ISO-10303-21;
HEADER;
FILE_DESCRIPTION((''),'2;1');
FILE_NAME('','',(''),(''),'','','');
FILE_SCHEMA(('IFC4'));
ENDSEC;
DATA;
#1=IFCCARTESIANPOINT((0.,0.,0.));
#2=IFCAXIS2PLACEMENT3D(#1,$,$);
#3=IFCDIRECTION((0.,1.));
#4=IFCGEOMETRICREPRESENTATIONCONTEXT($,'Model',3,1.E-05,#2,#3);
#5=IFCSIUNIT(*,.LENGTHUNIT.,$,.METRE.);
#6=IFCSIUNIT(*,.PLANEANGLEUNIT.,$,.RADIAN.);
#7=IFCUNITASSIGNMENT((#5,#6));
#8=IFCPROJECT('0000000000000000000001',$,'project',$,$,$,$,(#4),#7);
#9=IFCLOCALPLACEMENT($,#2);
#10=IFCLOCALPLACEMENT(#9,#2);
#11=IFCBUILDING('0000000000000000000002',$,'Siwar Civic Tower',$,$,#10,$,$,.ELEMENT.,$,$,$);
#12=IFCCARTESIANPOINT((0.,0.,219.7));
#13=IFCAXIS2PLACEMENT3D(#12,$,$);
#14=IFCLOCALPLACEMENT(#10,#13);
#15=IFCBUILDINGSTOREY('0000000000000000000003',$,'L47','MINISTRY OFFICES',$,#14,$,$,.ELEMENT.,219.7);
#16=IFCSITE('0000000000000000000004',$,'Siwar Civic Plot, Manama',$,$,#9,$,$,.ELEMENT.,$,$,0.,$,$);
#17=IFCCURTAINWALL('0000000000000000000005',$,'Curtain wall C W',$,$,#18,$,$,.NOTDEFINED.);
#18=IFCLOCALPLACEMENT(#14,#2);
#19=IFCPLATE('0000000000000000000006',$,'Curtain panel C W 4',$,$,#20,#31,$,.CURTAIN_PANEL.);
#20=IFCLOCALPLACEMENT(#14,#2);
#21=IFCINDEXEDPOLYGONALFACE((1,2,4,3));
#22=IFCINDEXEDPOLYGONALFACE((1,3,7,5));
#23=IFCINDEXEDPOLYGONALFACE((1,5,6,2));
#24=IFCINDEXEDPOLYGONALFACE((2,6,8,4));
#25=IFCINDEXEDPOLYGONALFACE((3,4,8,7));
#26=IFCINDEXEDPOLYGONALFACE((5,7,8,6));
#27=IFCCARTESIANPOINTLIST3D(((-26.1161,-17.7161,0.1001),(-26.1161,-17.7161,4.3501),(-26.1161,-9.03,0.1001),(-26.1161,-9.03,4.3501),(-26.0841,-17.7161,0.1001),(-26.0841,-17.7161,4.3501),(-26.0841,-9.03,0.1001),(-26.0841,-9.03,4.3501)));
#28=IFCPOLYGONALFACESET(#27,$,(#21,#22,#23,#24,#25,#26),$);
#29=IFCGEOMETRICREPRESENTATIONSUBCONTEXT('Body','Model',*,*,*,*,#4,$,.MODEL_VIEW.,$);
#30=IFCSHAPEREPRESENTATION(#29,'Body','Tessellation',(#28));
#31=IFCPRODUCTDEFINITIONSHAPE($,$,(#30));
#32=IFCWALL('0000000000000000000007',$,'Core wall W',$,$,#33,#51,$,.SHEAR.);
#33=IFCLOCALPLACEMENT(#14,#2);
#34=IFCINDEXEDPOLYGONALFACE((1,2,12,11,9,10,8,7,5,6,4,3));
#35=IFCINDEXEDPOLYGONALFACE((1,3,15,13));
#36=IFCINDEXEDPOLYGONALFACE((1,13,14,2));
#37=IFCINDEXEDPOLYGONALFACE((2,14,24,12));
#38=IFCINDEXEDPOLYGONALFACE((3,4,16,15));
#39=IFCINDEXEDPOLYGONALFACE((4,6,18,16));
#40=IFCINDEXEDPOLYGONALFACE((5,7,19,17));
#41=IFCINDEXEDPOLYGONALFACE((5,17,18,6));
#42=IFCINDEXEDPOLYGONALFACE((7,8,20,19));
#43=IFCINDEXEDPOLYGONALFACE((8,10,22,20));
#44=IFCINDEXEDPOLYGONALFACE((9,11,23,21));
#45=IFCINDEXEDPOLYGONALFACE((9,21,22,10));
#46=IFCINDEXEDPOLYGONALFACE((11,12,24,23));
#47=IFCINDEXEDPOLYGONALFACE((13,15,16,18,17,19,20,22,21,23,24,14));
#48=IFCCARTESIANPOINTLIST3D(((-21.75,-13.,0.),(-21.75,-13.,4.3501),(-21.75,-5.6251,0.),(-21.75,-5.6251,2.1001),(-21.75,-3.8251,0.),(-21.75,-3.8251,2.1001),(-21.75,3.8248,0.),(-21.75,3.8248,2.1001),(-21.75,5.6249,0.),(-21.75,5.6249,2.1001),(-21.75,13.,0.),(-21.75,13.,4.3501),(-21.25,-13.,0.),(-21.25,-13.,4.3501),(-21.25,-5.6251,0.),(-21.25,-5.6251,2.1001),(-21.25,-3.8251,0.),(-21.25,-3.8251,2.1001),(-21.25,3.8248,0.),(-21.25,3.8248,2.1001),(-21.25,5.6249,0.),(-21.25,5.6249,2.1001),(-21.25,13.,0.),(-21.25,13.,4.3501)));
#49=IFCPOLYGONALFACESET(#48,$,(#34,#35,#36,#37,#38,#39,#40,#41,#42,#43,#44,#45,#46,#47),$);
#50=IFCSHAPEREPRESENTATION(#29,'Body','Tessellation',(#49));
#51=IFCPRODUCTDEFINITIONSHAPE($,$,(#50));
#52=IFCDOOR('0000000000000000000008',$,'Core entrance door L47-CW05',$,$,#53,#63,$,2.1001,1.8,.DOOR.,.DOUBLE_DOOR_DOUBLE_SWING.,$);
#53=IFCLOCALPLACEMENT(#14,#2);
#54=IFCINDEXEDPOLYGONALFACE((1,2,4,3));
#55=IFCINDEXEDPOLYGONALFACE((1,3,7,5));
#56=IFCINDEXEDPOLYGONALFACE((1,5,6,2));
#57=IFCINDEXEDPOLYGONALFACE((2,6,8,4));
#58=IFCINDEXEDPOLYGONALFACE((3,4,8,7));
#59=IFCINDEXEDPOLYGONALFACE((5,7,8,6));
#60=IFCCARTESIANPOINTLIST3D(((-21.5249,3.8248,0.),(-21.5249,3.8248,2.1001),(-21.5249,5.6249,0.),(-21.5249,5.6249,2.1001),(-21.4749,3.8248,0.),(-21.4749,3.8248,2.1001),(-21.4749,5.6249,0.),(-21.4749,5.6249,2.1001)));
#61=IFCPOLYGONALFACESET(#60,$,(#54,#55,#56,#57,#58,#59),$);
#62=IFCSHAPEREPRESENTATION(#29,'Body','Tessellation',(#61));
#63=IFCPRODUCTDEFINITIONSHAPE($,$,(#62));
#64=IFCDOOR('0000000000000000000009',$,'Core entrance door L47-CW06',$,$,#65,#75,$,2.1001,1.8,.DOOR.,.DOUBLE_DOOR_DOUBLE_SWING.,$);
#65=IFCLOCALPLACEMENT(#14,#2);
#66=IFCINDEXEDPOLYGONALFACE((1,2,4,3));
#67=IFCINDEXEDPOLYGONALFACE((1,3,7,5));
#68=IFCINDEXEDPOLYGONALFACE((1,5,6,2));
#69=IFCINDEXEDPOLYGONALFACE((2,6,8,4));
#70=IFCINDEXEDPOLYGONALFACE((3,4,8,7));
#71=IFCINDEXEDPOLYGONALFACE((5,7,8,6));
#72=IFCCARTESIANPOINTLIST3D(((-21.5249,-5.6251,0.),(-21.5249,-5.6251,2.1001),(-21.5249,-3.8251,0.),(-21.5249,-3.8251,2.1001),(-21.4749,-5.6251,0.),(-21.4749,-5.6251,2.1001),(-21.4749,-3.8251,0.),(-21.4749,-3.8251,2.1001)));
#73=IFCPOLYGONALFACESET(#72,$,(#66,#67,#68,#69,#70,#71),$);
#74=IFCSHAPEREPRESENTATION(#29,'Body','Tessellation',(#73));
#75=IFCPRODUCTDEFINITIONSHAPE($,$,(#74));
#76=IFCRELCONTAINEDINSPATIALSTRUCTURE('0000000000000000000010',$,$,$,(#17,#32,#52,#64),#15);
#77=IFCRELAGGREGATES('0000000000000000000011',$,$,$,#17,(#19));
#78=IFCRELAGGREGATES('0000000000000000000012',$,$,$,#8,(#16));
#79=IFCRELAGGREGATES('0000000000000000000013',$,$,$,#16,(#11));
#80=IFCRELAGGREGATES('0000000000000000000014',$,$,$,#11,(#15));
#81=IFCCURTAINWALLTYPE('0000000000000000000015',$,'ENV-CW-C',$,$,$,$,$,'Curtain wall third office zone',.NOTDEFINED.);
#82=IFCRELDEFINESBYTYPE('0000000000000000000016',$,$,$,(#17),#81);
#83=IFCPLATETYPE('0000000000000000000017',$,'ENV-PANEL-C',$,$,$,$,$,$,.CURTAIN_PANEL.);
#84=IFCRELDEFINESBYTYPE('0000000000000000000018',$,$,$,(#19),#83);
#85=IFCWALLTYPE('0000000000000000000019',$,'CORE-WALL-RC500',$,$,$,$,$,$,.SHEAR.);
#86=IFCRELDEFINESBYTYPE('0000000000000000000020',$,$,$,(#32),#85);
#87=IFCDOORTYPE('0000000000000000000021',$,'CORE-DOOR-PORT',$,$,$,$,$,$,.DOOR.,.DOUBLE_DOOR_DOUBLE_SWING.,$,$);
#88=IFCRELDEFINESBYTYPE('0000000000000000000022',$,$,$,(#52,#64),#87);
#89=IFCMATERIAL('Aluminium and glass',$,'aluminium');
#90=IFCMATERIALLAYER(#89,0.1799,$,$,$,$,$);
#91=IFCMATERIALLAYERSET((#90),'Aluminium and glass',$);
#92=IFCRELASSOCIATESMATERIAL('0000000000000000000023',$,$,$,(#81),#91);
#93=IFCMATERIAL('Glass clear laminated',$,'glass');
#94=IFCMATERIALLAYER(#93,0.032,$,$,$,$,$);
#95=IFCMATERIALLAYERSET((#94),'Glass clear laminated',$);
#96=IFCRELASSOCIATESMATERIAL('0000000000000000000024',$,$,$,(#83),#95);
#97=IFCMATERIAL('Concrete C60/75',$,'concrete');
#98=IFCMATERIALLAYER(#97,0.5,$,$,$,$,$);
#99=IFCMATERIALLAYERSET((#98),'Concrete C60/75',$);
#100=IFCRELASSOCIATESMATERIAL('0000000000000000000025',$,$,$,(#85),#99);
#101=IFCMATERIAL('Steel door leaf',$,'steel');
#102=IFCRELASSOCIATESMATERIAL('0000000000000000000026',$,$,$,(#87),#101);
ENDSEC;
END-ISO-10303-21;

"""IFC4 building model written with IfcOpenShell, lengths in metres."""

from ifc_helpers import new_model, si_unit, direction, frame, frame_2d, origin, origin_2d, place, context, subcontext, project, spatial, rectangle, extrude, material, layer, layer_set, type_object, element, fill, aggregate, save


model = new_model("IFC4")

# Units and contexts
model_context = context("Model", 3, precision=1e-05, world=origin(), true_north=direction((0.0, 1.0)))
body_context = subcontext(model_context, "Body", "Model", "MODEL_VIEW")
ifc_project = project(units=[si_unit("LENGTHUNIT", "METRE"), si_unit("PLANEANGLEUNIT", "RADIAN")], contexts=[model_context])

# Site, building, storey
site_placement = place(None, origin())
site = spatial("IfcSite", under=ifc_project, at=site_placement, Name="Siwar Civic Plot, Manama", CompositionType="ELEMENT", RefElevation=0.0)
building_placement = place(site_placement, origin())
building = spatial("IfcBuilding", under=site, at=building_placement, Name="Siwar Civic Tower", CompositionType="ELEMENT")
storey_placement = place(building_placement, frame((0.0, 0.0, 219.7)))
storey = spatial("IfcBuildingStorey", under=building, at=storey_placement, Name="L47", Description="MINISTRY OFFICES", CompositionType="ELEMENT", Elevation=219.7)

# Curtain wall
ifc_material_1 = material(Name="Aluminium and glass", Category="aluminium")
ifc_layer_1 = layer(ifc_material_1, 0.1799)
ifc_layer_set_1 = layer_set([ifc_layer_1], Name="Aluminium and glass")
curtain_wall_type_1 = type_object("IfcCurtainWallType", Name="ENV-CW-C", ElementType="Curtain wall third office zone", PredefinedType="NOTDEFINED", material=ifc_layer_set_1)
curtain_wall_1_placement = place(storey_placement, origin())
curtain_wall_1 = element("IfcCurtainWall", 1, at=curtain_wall_1_placement, inside=storey, type_object=curtain_wall_type_1, Name="Curtain wall C W", PredefinedType="NOTDEFINED")

# Plate
ifc_material_2 = material(Name="Glass clear laminated", Category="glass")
ifc_layer_2 = layer(ifc_material_2, 0.032)
ifc_layer_set_2 = layer_set([ifc_layer_2], Name="Glass clear laminated")
plate_type = type_object("IfcPlateType", Name="ENV-PANEL-C", PredefinedType="CURTAIN_PANEL", material=ifc_layer_set_2)
plate_placement = place(storey_placement, frame((-26.1001, -13.373, 0.1001), z_axis=(0.0, 0.0, 1.0), x_axis=(0.0, -1.0, 0.0)))
plate = element("IfcPlate", 2, at=plate_placement, type_object=plate_type, Name="Curtain panel C W 4", PredefinedType="CURTAIN_PANEL", context=body_context, shape_type="SweptSolid", body=[
    extrude(rectangle(XDim=8.686, YDim=0.032, at=origin_2d()), origin(), (0.0, 0.0, 1.0), 4.25),
])
aggregate(curtain_wall_1, [plate])

# Wall, openings, doors
ifc_material_3 = material(Name="Concrete C60/75", Category="concrete")
ifc_layer_3 = layer(ifc_material_3, 0.5)
ifc_layer_set_3 = layer_set([ifc_layer_3], Name="Concrete C60/75")
wall_type_1 = type_object("IfcWallType", Name="CORE-WALL-RC500", PredefinedType="SHEAR", material=ifc_layer_set_3)
wall_1_placement = place(storey_placement, frame((-21.5, -13.0, 0.0), z_axis=(0.0, 0.0, 1.0), x_axis=(0.0, 1.0, 0.0)))
wall_1 = element("IfcWall", 3, at=wall_1_placement, inside=storey, type_object=wall_type_1, Name="Core wall W", PredefinedType="SHEAR", context=body_context, shape_type="SweptSolid", body=[
    extrude(rectangle(XDim=26.0, YDim=0.5, at=frame_2d((13.0, 0.0))), origin(), (0.0, 0.0, 1.0), 4.3501),
])
opening_1_placement = place(wall_1_placement, frame((16.825, 0.0, 0.0)))
opening_1 = element("IfcOpeningElement", 4, at=opening_1_placement, cuts=wall_1, PredefinedType="OPENING", context=body_context, shape_type="SweptSolid", body=[
    extrude(rectangle(XDim=1.8, YDim=2.1001, at=frame_2d((0.8999, 1.05))), frame((0.0, 0.26, 0.0), z_axis=(0.0, -1.0, 0.0), x_axis=(1.0, 0.0, 0.0)), (0.0, 0.0, 1.0), 0.52),
])
opening_2_placement = place(wall_1_placement, frame((7.375, 0.0, 0.0)))
opening_2 = element("IfcOpeningElement", 5, at=opening_2_placement, cuts=wall_1, PredefinedType="OPENING", context=body_context, shape_type="SweptSolid", body=[
    extrude(rectangle(XDim=1.8, YDim=2.1001, at=frame_2d((0.8999, 1.05))), frame((0.0, 0.26, 0.0), z_axis=(0.0, -1.0, 0.0), x_axis=(1.0, 0.0, 0.0)), (0.0, 0.0, 1.0), 0.52),
])
ifc_material_4 = material(Name="Steel door leaf", Category="steel")
door_type_1 = type_object("IfcDoorType", Name="CORE-DOOR-PORT", OperationType="DOUBLE_DOOR_DOUBLE_SWING", PredefinedType="DOOR", material=ifc_material_4)
door_1_placement = place(opening_1_placement, origin())
door_1 = element("IfcDoor", 6, at=door_1_placement, inside=storey, type_object=door_type_1, Name="Core entrance door L47-CW05", OperationType="DOUBLE_DOOR_DOUBLE_SWING", OverallHeight=2.1001, OverallWidth=1.8, PredefinedType="DOOR", context=body_context, shape_type="SweptSolid", body=[
    extrude(rectangle(XDim=1.8, YDim=2.1001, at=frame_2d((0.8999, 1.05))), frame((0.0, 0.0249, 0.0), z_axis=(0.0, -1.0, 0.0), x_axis=(1.0, 0.0, 0.0)), (0.0, 0.0, 1.0), 0.05),
])
fill(opening_1, door_1)
door_2_placement = place(opening_2_placement, origin())
door_2 = element("IfcDoor", 7, at=door_2_placement, inside=storey, type_object=door_type_1, Name="Core entrance door L47-CW06", OperationType="DOUBLE_DOOR_DOUBLE_SWING", OverallHeight=2.1001, OverallWidth=1.8, PredefinedType="DOOR", context=body_context, shape_type="SweptSolid", body=[
    extrude(rectangle(XDim=1.8, YDim=2.1001, at=frame_2d((0.8999, 1.05))), frame((0.0, 0.0249, 0.0), z_axis=(0.0, -1.0, 0.0), x_axis=(1.0, 0.0, 0.0)), (0.0, 0.0, 1.0), 0.05),
])
fill(opening_2, door_2)

save(model, "model.ifc")
